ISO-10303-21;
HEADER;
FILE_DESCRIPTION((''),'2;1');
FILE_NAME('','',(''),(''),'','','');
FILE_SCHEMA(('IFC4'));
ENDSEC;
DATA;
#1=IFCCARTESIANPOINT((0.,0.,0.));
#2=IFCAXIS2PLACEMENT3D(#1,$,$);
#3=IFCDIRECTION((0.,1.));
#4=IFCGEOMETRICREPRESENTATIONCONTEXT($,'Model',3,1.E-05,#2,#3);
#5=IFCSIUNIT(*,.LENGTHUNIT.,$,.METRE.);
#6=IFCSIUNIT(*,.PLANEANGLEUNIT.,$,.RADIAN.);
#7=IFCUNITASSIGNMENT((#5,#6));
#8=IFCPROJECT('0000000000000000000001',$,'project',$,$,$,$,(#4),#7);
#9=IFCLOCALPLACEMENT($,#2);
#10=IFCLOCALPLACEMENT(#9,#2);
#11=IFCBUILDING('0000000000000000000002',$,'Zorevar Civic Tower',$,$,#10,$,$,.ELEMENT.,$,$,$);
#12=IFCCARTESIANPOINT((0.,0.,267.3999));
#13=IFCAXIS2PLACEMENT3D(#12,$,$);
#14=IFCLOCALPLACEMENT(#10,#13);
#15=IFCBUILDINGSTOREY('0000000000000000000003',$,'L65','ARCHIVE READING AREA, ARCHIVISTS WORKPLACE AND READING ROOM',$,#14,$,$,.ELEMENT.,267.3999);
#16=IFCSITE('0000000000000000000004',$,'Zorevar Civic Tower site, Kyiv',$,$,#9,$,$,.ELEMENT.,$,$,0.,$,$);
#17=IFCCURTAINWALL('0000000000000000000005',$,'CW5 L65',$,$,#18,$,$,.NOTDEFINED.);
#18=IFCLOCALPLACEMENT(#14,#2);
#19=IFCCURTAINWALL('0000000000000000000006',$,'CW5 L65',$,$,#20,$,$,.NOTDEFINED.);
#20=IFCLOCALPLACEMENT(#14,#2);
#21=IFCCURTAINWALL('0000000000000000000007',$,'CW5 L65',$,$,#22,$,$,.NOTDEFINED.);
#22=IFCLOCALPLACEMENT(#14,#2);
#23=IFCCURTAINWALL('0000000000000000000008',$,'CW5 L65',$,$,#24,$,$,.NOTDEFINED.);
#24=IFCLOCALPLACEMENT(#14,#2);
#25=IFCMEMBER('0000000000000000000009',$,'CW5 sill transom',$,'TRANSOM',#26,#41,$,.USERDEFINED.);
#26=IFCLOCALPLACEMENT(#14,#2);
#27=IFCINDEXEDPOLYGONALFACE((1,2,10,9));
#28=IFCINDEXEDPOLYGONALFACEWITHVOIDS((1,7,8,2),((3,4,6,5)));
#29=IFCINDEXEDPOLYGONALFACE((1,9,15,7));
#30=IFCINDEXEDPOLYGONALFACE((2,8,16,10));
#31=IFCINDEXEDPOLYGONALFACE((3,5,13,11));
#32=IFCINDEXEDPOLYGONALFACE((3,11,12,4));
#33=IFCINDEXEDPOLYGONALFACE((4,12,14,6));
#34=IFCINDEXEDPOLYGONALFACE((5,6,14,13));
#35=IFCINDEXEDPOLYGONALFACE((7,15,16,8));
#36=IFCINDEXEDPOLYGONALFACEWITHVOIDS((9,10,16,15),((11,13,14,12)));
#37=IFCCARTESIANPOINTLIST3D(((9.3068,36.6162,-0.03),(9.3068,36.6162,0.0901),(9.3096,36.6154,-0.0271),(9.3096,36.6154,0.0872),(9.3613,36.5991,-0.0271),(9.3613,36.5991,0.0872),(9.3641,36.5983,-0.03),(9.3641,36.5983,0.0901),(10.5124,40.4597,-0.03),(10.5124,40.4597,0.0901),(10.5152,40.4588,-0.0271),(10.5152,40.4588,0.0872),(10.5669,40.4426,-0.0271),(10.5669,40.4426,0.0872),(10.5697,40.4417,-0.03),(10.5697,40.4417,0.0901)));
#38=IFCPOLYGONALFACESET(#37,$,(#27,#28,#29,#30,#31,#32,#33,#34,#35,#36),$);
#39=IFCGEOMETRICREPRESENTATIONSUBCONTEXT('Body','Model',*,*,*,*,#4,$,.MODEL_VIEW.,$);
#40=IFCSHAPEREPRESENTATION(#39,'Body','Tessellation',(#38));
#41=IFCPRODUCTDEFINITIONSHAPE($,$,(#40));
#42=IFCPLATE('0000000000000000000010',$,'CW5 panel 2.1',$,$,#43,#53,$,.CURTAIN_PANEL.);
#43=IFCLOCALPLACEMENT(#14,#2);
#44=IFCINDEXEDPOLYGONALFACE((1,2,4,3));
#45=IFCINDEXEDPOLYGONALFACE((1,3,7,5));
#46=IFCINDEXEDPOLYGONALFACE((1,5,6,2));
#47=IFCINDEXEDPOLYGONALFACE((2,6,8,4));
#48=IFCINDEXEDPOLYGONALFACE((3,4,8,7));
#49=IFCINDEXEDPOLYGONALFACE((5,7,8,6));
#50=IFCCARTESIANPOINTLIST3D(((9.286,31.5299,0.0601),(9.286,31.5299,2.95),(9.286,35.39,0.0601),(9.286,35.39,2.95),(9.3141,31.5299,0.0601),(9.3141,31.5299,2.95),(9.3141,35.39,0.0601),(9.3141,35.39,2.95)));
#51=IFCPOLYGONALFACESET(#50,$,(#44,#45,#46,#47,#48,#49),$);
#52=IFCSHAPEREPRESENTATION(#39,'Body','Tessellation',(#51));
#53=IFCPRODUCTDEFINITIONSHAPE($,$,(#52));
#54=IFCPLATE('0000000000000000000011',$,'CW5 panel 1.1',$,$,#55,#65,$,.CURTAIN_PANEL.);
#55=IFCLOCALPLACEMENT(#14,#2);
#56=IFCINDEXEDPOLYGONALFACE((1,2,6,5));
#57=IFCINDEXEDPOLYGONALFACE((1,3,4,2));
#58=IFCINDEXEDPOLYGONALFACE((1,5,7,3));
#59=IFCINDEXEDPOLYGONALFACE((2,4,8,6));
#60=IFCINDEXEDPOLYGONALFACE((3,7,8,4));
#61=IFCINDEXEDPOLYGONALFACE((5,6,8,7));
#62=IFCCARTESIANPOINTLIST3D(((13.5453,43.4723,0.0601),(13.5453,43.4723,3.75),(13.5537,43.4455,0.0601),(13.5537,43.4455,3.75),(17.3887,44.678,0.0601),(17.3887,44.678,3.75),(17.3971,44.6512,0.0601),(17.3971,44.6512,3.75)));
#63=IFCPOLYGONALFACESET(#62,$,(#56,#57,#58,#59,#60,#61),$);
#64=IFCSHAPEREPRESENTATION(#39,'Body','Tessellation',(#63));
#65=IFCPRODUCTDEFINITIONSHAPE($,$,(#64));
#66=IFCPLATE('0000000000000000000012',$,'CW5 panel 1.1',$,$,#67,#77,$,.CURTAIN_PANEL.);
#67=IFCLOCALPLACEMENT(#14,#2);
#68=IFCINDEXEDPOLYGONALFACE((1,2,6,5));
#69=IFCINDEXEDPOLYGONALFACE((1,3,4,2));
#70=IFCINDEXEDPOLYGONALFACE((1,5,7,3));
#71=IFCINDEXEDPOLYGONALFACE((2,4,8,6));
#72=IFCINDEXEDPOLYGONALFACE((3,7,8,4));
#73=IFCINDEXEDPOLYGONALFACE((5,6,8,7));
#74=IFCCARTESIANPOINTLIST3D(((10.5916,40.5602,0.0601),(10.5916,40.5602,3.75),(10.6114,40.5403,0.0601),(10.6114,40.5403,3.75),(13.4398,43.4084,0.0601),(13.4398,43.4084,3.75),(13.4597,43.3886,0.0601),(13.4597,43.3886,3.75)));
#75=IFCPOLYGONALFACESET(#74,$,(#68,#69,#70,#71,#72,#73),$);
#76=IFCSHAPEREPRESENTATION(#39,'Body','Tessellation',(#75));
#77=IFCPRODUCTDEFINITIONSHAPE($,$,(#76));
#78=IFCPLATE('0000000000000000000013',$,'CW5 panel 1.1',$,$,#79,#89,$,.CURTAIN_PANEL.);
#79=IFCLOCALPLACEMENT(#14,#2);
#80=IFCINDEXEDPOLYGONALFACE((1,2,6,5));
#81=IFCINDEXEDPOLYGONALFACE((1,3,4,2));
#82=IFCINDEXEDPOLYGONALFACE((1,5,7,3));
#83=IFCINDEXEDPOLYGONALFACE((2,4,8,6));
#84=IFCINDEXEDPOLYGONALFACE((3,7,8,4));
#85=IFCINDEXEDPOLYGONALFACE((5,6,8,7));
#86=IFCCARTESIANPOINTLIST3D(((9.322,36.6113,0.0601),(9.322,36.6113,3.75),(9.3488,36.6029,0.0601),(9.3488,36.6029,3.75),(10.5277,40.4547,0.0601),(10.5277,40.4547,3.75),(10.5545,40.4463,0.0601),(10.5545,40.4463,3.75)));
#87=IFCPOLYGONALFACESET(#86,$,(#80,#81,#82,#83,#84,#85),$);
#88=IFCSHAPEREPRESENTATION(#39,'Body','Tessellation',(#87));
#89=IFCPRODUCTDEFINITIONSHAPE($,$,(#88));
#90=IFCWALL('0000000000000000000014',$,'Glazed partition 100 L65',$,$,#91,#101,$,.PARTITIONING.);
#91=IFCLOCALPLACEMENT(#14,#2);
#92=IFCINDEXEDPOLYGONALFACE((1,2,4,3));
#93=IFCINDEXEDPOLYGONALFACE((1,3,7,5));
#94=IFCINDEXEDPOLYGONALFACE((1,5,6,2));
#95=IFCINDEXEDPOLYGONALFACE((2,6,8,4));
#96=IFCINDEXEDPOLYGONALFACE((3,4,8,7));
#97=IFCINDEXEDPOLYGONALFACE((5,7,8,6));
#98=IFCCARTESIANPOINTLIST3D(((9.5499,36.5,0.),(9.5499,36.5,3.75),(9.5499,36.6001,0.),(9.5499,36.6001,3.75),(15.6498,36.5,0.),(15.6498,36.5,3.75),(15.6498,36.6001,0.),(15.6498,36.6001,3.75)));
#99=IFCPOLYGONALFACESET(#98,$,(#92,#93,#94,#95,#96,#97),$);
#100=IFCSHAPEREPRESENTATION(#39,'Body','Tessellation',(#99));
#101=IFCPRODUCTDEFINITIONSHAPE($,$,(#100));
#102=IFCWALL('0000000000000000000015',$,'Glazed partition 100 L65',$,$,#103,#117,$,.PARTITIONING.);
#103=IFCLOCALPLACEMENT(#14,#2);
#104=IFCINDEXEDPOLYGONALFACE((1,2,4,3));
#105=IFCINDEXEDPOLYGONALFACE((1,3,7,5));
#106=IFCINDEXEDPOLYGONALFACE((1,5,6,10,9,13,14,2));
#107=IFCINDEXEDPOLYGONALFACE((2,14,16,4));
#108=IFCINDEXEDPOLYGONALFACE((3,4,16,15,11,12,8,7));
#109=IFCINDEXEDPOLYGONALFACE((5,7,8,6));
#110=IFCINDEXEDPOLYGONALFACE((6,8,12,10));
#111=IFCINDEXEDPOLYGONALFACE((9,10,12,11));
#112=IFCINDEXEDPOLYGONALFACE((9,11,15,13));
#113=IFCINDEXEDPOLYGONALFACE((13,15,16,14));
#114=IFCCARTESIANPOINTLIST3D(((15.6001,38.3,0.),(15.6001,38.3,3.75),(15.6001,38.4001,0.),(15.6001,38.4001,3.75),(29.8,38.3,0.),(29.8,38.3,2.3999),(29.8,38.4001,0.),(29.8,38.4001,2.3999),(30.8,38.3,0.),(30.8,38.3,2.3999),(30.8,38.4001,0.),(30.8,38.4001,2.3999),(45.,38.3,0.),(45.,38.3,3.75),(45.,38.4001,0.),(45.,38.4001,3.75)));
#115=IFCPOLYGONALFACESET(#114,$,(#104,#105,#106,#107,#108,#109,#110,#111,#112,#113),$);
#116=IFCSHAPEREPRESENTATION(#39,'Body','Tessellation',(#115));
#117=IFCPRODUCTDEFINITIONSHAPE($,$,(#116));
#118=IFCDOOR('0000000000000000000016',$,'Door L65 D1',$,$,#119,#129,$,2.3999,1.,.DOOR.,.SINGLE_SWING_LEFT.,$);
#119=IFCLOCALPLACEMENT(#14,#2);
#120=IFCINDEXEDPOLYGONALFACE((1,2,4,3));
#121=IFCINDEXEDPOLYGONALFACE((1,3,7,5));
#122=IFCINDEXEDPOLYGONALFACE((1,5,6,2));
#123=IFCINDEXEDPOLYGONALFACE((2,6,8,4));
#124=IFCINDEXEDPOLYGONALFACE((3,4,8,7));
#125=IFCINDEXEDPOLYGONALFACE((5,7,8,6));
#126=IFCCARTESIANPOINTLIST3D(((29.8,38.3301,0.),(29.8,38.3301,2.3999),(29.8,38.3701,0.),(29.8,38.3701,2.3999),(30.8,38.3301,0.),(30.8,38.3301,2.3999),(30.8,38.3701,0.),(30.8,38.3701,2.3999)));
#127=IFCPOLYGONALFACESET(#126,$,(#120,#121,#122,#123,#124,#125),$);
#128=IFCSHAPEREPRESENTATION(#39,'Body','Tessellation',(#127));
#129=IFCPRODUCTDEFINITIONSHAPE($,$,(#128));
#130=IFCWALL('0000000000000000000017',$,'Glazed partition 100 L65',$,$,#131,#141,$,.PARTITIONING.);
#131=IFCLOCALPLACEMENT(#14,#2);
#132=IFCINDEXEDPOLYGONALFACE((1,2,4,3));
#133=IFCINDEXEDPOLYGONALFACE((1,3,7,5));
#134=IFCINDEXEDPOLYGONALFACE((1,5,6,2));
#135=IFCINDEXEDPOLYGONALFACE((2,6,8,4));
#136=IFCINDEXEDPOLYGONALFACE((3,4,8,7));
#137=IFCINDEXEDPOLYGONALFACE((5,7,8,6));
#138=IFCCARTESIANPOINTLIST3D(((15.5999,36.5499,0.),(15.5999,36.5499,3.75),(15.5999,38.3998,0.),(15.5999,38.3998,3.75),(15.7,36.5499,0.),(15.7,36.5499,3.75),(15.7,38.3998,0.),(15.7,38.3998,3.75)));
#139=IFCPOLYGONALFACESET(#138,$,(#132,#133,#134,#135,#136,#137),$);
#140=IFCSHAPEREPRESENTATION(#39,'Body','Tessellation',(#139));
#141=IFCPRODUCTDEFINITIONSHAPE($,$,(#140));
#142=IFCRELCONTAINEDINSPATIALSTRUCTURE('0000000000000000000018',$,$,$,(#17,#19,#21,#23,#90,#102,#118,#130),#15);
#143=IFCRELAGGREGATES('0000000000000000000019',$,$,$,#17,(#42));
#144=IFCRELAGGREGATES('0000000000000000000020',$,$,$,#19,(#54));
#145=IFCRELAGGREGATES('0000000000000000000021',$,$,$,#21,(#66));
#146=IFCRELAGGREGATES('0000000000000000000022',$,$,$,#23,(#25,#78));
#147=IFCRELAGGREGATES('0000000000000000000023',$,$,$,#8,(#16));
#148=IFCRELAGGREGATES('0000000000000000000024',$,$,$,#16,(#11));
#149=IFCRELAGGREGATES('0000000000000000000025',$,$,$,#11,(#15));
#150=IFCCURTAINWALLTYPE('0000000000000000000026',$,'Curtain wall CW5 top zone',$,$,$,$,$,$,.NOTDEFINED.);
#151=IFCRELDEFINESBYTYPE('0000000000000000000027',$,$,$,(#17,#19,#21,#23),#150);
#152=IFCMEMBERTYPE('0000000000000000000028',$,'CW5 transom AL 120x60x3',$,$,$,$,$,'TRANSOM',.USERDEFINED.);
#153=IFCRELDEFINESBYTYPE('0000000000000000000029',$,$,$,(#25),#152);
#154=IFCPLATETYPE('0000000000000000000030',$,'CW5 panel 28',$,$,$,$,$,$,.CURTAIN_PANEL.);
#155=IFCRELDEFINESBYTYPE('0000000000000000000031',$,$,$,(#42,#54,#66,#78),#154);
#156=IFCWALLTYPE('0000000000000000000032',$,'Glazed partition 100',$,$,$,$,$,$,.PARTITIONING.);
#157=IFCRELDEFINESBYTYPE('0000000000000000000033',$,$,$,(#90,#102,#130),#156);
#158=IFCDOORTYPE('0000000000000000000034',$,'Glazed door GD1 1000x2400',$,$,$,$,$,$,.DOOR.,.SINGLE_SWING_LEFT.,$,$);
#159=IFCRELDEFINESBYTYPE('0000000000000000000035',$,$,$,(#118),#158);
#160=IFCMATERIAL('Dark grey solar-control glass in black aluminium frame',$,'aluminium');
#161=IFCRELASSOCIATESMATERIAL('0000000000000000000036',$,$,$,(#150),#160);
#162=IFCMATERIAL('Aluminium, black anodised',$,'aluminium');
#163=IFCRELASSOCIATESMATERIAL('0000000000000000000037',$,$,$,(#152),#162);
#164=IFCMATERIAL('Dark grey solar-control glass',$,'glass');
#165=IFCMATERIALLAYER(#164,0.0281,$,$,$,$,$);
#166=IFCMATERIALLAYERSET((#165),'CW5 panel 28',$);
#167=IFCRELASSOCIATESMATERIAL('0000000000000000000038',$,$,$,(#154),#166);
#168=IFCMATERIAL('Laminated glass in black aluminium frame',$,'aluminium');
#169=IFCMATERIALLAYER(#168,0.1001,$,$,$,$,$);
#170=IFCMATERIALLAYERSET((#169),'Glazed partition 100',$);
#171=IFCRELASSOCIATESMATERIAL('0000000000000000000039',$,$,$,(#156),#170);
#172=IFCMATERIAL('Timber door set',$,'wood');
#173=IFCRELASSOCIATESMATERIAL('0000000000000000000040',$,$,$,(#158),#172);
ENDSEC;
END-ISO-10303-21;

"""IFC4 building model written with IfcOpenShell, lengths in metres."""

from ifc_helpers import new_model, si_unit, direction, frame, frame_2d, origin, origin_2d, place, context, subcontext, project, spatial, rectangle, hollow_rectangle, extrude, material, layer, layer_set, material_profile, profile_set, type_object, element, fill, aggregate, save


model = new_model("IFC4")

# Units and contexts
model_context = context("Model", 3, precision=1e-05, world=origin(), true_north=direction((0.0, 1.0)))
body_context = subcontext(model_context, "Body", "Model", "MODEL_VIEW")
ifc_project = project(units=[si_unit("LENGTHUNIT", "METRE"), si_unit("PLANEANGLEUNIT", "RADIAN")], contexts=[model_context])

# Site, building, storey
site_placement = place(None, origin())
site = spatial("IfcSite", under=ifc_project, at=site_placement, Name="Zorevar Civic Tower site, Kyiv", CompositionType="ELEMENT", RefElevation=0.0)
building_placement = place(site_placement, origin())
building = spatial("IfcBuilding", under=site, at=building_placement, Name="Zorevar Civic Tower", CompositionType="ELEMENT")
storey_placement = place(building_placement, frame((0.0, 0.0, 267.3999)))
storey = spatial("IfcBuildingStorey", under=building, at=storey_placement, Name="L65", Description="ARCHIVE READING AREA, ARCHIVISTS WORKPLACE AND READING ROOM", CompositionType="ELEMENT", Elevation=267.3999)

# Curtain wall
ifc_material_1 = material(Name="Dark grey solar-control glass in black aluminium frame", Category="aluminium")
curtain_wall_type = type_object("IfcCurtainWallType", Name="Curtain wall CW5 top zone", PredefinedType="NOTDEFINED", material=ifc_material_1)
curtain_wall_1_placement = place(storey_placement, origin())
curtain_wall_1 = element("IfcCurtainWall", 1, at=curtain_wall_1_placement, inside=storey, type_object=curtain_wall_type, Name="CW5 L65", PredefinedType="NOTDEFINED")

# Curtain wall
curtain_wall_2_placement = place(storey_placement, origin())
curtain_wall_2 = element("IfcCurtainWall", 2, at=curtain_wall_2_placement, inside=storey, type_object=curtain_wall_type, Name="CW5 L65", PredefinedType="NOTDEFINED")

# Curtain walls
curtain_wall_3_placement = place(storey_placement, origin())
curtain_wall_3 = element("IfcCurtainWall", 3, at=curtain_wall_3_placement, inside=storey, type_object=curtain_wall_type, Name="CW5 L65", PredefinedType="NOTDEFINED")
curtain_wall_4_placement = place(storey_placement, origin())
curtain_wall_4 = element("IfcCurtainWall", 4, at=curtain_wall_4_placement, inside=storey, type_object=curtain_wall_type, Name="CW5 L65", PredefinedType="NOTDEFINED")

# Member
ifc_material_2 = material(Name="Aluminium, black anodised", Category="aluminium")
ifc_material_profile_1 = material_profile(ifc_material_2, hollow_rectangle(XDim=0.0601, YDim=0.1201, WallThickness=0.0029, at=origin_2d()), Name="AL 120x60x3")
ifc_profile_set_1 = profile_set([ifc_material_profile_1], Name="Aluminium, black anodised")
member_type_1 = type_object("IfcMemberType", Name="CW5 transom AL 120x60x3", ElementType="TRANSOM", PredefinedType="USERDEFINED", material=ifc_profile_set_1)
member_1_placement = place(storey_placement, frame((10.541, 40.4507, 0.03), z_axis=(-0.299286, -0.954163, 0.0), x_axis=(0.954163, -0.299286, 0.0)))
member_1 = element("IfcMember", 5, at=member_1_placement, type_object=member_type_1, Name="CW5 sill transom", ObjectType="TRANSOM", PredefinedType="USERDEFINED", context=body_context, shape_type="SweptSolid", body=[
    extrude(hollow_rectangle(XDim=0.0601, YDim=0.1201, WallThickness=0.0029, at=origin_2d()), origin(), (0.0, 0.0, 1.0), 4.0281),
])

# Plates
ifc_material_3 = material(Name="Dark grey solar-control glass", Category="glass")
ifc_layer_1 = layer(ifc_material_3, 0.0281)
ifc_layer_set_1 = layer_set([ifc_layer_1], Name="CW5 panel 28")
plate_type = type_object("IfcPlateType", Name="CW5 panel 28", PredefinedType="CURTAIN_PANEL", material=ifc_layer_set_1)
plate_1_placement = place(storey_placement, frame((9.3, 33.46, 0.0601), z_axis=(0.0, 0.0, 1.0), x_axis=(0.0, 1.0, 0.0)))
plate_1 = element("IfcPlate", 6, at=plate_1_placement, type_object=plate_type, Name="CW5 panel 2.1", PredefinedType="CURTAIN_PANEL", context=body_context, shape_type="SweptSolid", body=[
    extrude(rectangle(XDim=3.8601, YDim=0.0281, at=origin_2d()), origin(), (0.0, 0.0, 1.0), 2.8899),
])
aggregate(curtain_wall_1, [plate_1])
plate_2_placement = place(storey_placement, frame((15.4712, 44.0618, 0.0601), z_axis=(0.0, 0.0, 1.0), x_axis=(-0.954153, -0.299318, 0.0)))
plate_2 = element("IfcPlate", 7, at=plate_2_placement, type_object=plate_type, Name="CW5 panel 1.1", PredefinedType="CURTAIN_PANEL", context=body_context, shape_type="SweptSolid", body=[
    extrude(rectangle(XDim=4.0281, YDim=0.0281, at=origin_2d()), origin(), (0.0, 0.0, 1.0), 3.6899),
])
aggregate(curtain_wall_2, [plate_2])
plate_3_placement = place(storey_placement, frame((12.0256, 41.9744, 0.0601), z_axis=(0.0, 0.0, 1.0), x_axis=(-0.707107, -0.707107, 0.0)))
plate_3 = element("IfcPlate", 8, at=plate_3_placement, type_object=plate_type, Name="CW5 panel 1.1", PredefinedType="CURTAIN_PANEL", context=body_context, shape_type="SweptSolid", body=[
    extrude(rectangle(XDim=4.0281, YDim=0.0281, at=origin_2d()), origin(), (0.0, 0.0, 1.0), 3.6899),
])
aggregate(curtain_wall_3, [plate_3])
plate_4_placement = place(storey_placement, frame((9.9382, 38.5288, 0.0601), z_axis=(0.0, 0.0, 1.0), x_axis=(-0.299318, -0.954153, 0.0)))
plate_4 = element("IfcPlate", 9, at=plate_4_placement, type_object=plate_type, Name="CW5 panel 1.1", PredefinedType="CURTAIN_PANEL", context=body_context, shape_type="SweptSolid", body=[
    extrude(rectangle(XDim=4.0281, YDim=0.0281, at=origin_2d()), origin(), (0.0, 0.0, 1.0), 3.6899),
])
aggregate(curtain_wall_4, [member_1, plate_4])

# Wall
ifc_material_4 = material(Name="Laminated glass in black aluminium frame", Category="aluminium")
ifc_layer_2 = layer(ifc_material_4, 0.1001)
ifc_layer_set_2 = layer_set([ifc_layer_2], Name="Glazed partition 100")
wall_type = type_object("IfcWallType", Name="Glazed partition 100", PredefinedType="PARTITIONING", material=ifc_layer_set_2)
wall_1_placement = place(storey_placement, frame((9.55, 36.55, 0.0), z_axis=(0.0, 0.0, 1.0), x_axis=(1.0, 0.0, 0.0)))
element("IfcWall", 10, at=wall_1_placement, inside=storey, type_object=wall_type, Name="Glazed partition 100 L65", PredefinedType="PARTITIONING", context=body_context, shape_type="SweptSolid", body=[
    extrude(rectangle(XDim=6.0999, YDim=0.1001, at=frame_2d((3.0498, 0.0))), origin(), (0.0, 0.0, 1.0), 3.75),
])

# Wall, opening, door
wall_2_placement = place(storey_placement, frame((15.6001, 38.3501, 0.0), z_axis=(0.0, 0.0, 1.0), x_axis=(1.0, 0.0, 0.0)))
wall_2 = element("IfcWall", 11, at=wall_2_placement, inside=storey, type_object=wall_type, Name="Glazed partition 100 L65", PredefinedType="PARTITIONING", context=body_context, shape_type="SweptSolid", body=[
    extrude(rectangle(XDim=29.3999, YDim=0.1001, at=frame_2d((14.7, 0.0))), origin(), (0.0, 0.0, 1.0), 3.75),
])
opening_placement = place(wall_2_placement, frame((14.2, 0.0, 0.0)))
opening = element("IfcOpeningElement", 12, at=opening_placement, cuts=wall_2, PredefinedType="OPENING", context=body_context, shape_type="SweptSolid", body=[
    extrude(rectangle(XDim=1.0, YDim=2.3999, at=frame_2d((0.5, 1.2))), frame((0.0, 0.0601, 0.0), z_axis=(0.0, -1.0, 0.0), x_axis=(1.0, 0.0, 0.0)), (0.0, 0.0, 1.0), 0.1201),
])
ifc_material_5 = material(Name="Timber door set", Category="wood")
door_type = type_object("IfcDoorType", Name="Glazed door GD1 1000x2400", OperationType="SINGLE_SWING_LEFT", PredefinedType="DOOR", material=ifc_material_5)
door_placement = place(opening_placement, origin())
door = element("IfcDoor", 13, at=door_placement, inside=storey, type_object=door_type, Name="Door L65 D1", OperationType="SINGLE_SWING_LEFT", OverallHeight=2.3999, OverallWidth=1.0, PredefinedType="DOOR", context=body_context, shape_type="SweptSolid", body=[
    extrude(rectangle(XDim=1.0, YDim=2.3999, at=frame_2d((0.5, 1.2))), frame((0.0, 0.02, 0.0), z_axis=(0.0, -1.0, 0.0), x_axis=(1.0, 0.0, 0.0)), (0.0, 0.0, 1.0), 0.04),
])
fill(opening, door)

# Wall
wall_3_placement = place(storey_placement, frame((15.6499, 36.55, 0.0), z_axis=(0.0, 0.0, 1.0), x_axis=(0.0, 1.0, 0.0)))
element("IfcWall", 14, at=wall_3_placement, inside=storey, type_object=wall_type, Name="Glazed partition 100 L65", PredefinedType="PARTITIONING", context=body_context, shape_type="SweptSolid", body=[
    extrude(rectangle(XDim=1.8499, YDim=0.1001, at=frame_2d((0.9248, 0.0))), origin(), (0.0, 0.0, 1.0), 3.75),
])

save(model, "model.ifc")
